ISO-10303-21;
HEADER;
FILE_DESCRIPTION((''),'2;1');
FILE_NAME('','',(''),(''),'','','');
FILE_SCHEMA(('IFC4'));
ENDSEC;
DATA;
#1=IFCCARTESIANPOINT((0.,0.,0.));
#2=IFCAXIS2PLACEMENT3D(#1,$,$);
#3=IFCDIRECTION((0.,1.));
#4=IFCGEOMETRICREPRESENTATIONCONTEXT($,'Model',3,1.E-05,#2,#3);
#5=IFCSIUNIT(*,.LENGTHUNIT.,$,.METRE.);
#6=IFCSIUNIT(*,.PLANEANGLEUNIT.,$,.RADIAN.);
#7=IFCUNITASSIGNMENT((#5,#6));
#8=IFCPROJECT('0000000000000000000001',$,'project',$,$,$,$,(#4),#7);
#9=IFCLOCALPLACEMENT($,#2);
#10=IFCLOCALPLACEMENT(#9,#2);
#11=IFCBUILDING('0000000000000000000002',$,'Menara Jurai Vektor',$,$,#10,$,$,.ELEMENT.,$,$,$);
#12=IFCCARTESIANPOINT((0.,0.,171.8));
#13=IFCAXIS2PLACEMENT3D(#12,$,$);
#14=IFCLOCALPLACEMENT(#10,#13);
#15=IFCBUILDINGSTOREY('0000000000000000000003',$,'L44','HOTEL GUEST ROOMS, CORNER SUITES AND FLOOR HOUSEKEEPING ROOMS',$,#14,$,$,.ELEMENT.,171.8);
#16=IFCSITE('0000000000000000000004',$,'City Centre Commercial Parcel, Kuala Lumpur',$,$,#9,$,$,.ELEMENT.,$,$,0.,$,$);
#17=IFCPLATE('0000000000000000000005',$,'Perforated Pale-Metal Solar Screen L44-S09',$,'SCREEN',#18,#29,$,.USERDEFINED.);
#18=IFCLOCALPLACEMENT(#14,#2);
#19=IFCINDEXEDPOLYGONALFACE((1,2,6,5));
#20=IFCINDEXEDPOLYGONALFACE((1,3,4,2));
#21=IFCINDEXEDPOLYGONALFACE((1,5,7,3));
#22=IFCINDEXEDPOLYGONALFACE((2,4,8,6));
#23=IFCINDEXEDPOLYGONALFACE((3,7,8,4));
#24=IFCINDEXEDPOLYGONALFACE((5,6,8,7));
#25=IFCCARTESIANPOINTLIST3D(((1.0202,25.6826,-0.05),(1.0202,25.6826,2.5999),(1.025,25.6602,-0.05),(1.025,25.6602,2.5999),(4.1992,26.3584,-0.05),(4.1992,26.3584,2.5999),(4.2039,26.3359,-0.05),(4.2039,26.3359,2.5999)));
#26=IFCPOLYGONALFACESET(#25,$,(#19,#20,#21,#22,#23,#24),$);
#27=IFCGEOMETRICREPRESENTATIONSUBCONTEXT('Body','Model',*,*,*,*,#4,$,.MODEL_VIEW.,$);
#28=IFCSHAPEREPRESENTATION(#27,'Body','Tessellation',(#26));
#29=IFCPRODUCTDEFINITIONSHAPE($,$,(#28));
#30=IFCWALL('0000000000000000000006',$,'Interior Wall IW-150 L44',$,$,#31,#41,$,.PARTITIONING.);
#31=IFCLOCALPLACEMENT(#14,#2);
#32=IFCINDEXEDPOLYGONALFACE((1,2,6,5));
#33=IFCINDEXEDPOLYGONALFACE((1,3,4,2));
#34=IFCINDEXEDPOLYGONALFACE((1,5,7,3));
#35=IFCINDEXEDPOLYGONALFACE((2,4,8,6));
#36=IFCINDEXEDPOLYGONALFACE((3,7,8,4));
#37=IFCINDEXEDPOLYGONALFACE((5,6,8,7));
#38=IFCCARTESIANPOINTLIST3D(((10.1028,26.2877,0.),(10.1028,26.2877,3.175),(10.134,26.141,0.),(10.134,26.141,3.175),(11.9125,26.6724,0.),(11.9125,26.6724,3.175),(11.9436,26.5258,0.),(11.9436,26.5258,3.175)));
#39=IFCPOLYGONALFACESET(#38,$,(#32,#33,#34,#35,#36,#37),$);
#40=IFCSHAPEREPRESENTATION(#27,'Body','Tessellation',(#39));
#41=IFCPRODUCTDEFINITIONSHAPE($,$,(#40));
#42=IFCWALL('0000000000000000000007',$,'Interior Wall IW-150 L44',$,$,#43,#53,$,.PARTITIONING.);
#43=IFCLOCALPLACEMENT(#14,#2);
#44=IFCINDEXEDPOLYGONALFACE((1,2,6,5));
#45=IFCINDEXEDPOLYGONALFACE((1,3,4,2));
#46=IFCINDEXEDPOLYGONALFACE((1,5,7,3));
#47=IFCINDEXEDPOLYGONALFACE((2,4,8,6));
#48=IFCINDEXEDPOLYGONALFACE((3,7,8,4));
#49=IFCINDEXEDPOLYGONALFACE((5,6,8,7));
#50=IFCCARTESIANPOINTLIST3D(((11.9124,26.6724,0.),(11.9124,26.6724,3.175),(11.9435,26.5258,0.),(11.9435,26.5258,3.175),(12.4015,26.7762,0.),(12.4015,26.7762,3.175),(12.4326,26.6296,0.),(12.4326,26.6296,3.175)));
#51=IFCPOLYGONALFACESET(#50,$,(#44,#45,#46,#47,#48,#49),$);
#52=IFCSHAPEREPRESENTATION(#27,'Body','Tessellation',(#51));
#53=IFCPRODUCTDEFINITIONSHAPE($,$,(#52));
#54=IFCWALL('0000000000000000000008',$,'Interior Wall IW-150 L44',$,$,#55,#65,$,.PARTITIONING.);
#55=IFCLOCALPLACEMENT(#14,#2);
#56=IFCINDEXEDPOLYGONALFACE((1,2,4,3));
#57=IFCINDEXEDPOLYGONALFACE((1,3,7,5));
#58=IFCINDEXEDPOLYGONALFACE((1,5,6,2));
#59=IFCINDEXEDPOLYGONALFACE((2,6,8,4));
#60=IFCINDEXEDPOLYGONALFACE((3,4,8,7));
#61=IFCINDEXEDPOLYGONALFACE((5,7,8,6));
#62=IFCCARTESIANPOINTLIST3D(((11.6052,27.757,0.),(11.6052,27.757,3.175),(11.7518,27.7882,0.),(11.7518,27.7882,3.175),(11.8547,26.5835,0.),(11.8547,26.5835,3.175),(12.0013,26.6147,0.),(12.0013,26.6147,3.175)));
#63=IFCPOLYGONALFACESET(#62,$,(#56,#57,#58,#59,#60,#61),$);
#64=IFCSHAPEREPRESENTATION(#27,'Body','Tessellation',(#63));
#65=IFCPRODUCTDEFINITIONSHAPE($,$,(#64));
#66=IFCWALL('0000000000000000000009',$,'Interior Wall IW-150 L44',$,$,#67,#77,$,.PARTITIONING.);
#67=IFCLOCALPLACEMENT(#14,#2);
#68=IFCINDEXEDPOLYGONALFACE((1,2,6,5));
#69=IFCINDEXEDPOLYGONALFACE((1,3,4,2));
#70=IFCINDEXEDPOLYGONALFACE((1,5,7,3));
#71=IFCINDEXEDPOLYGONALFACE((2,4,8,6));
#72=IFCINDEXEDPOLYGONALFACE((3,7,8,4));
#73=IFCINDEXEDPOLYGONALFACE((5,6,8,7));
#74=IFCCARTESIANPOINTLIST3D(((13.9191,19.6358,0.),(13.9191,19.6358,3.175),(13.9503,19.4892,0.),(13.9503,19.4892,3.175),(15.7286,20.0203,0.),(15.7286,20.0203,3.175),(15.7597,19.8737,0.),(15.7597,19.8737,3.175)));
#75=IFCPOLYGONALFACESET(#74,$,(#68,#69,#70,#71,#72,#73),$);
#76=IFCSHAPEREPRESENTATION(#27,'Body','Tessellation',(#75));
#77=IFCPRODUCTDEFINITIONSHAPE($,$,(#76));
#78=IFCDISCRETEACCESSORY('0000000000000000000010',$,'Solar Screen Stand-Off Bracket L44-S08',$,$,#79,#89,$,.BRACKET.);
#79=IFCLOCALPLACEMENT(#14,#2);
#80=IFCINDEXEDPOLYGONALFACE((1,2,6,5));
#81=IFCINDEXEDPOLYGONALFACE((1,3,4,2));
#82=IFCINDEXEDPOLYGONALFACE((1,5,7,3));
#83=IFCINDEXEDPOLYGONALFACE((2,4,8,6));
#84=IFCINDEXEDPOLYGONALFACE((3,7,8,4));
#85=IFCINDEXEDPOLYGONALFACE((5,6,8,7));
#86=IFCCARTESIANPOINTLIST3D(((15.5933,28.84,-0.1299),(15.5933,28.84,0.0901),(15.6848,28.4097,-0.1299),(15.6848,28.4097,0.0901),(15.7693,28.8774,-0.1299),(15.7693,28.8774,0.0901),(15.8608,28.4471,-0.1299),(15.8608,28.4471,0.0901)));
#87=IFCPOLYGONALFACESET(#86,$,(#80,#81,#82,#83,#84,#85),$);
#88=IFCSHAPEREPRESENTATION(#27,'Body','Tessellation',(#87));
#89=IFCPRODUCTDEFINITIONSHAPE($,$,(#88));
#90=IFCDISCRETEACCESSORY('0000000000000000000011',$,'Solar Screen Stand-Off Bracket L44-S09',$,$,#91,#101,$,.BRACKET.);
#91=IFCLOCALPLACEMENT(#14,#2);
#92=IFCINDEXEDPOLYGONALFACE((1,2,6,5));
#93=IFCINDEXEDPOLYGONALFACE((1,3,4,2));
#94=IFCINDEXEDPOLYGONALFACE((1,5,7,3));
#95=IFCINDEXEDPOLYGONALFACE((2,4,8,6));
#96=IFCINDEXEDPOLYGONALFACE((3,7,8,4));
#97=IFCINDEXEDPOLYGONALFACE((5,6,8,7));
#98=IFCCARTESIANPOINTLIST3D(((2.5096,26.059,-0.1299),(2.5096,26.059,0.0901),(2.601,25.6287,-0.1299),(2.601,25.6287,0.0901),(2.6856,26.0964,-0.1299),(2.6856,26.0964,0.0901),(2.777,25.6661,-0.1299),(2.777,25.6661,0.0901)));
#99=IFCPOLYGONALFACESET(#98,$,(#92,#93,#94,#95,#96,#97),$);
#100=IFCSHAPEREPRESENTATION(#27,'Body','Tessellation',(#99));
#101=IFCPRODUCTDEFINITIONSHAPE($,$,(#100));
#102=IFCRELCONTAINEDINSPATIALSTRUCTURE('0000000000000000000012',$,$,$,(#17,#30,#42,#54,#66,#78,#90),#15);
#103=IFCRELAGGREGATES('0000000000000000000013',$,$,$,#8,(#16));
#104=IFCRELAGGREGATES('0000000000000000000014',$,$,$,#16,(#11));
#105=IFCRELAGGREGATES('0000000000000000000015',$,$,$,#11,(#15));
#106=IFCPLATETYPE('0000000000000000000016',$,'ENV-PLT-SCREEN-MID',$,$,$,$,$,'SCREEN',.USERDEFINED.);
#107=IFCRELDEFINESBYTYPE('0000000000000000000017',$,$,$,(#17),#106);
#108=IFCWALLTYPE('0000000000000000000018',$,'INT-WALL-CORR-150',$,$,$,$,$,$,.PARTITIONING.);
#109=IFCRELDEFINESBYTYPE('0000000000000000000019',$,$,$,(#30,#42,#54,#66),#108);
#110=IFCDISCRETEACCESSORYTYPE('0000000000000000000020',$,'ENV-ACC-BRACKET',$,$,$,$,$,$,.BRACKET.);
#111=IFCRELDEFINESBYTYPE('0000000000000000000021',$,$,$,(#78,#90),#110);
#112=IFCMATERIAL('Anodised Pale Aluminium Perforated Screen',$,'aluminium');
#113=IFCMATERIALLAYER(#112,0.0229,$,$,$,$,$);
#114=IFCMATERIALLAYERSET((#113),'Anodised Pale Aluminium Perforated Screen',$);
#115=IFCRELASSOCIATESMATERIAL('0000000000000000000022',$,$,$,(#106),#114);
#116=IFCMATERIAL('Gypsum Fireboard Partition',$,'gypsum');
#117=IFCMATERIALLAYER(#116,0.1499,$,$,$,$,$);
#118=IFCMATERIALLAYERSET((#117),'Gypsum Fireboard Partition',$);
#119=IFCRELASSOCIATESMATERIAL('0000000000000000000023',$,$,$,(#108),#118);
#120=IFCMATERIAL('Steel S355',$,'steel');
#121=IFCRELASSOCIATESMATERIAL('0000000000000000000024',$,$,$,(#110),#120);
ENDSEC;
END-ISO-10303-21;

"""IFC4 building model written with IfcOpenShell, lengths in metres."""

from ifc_helpers import new_model, si_unit, direction, frame, frame_2d, origin, origin_2d, place, context, subcontext, project, spatial, rectangle, extrude, material, layer, layer_set, type_object, element, save


model = new_model("IFC4")

# Units and contexts
model_context = context("Model", 3, precision=1e-05, world=origin(), true_north=direction((0.0, 1.0)))
body_context = subcontext(model_context, "Body", "Model", "MODEL_VIEW")
ifc_project = project(units=[si_unit("LENGTHUNIT", "METRE"), si_unit("PLANEANGLEUNIT", "RADIAN")], contexts=[model_context])

# Site, building, storey
site_placement = place(None, origin())
site = spatial("IfcSite", under=ifc_project, at=site_placement, Name="City Centre Commercial Parcel, Kuala Lumpur", CompositionType="ELEMENT", RefElevation=0.0)
building_placement = place(site_placement, origin())
building = spatial("IfcBuilding", under=site, at=building_placement, Name="Menara Jurai Vektor", CompositionType="ELEMENT")
storey_placement = place(building_placement, frame((0.0, 0.0, 171.8)))
storey = spatial("IfcBuildingStorey", under=building, at=storey_placement, Name="L44", Description="HOTEL GUEST ROOMS, CORNER SUITES AND FLOOR HOUSEKEEPING ROOMS", CompositionType="ELEMENT", Elevation=171.8)

# Shared definitions
ifc_material_1 = material(Name="Steel S355", Category="steel")

# Plate
ifc_material_2 = material(Name="Anodised Pale Aluminium Perforated Screen", Category="aluminium")
ifc_layer_1 = layer(ifc_material_2, 0.0229)
ifc_layer_set_1 = layer_set([ifc_layer_1], Name="Anodised Pale Aluminium Perforated Screen")
plate_type_1 = type_object("IfcPlateType", Name="ENV-PLT-SCREEN-MID", ElementType="SCREEN", PredefinedType="USERDEFINED", material=ifc_layer_set_1)
for number, where, z_axis, x_axis, name in (
    (1, (2.6121, 26.0093, -0.05), (0.0, 0.0, 1.0), (-0.978148, -0.207912, 0.0), "Perforated Pale-Metal Solar Screen L44-S09"),
):
    element("IfcPlate", number, at=place(storey_placement, frame(where, z_axis=z_axis, x_axis=x_axis)), inside=storey, type_object=plate_type_1, Name=name, ObjectType="SCREEN", PredefinedType="USERDEFINED", context=body_context, shape_type="SweptSolid", body=[
        extrude(rectangle(XDim=3.25, YDim=0.0229, at=origin_2d()), origin(), (0.0, 0.0, 1.0), 2.6499),
    ])

# Walls
ifc_material_3 = material(Name="Gypsum Fireboard Partition", Category="gypsum")
ifc_layer_2 = layer(ifc_material_3, 0.1499)
ifc_layer_set_2 = layer_set([ifc_layer_2], Name="Gypsum Fireboard Partition")
wall_type = type_object("IfcWallType", Name="INT-WALL-CORR-150", PredefinedType="PARTITIONING", material=ifc_layer_set_2)
wall_1_placement = place(storey_placement, frame((10.1184, 26.2144, 0.0), z_axis=(0.0, 0.0, 1.0), x_axis=(0.978133, 0.207979, 0.0)))
element("IfcWall", 2, at=wall_1_placement, inside=storey, type_object=wall_type, Name="Interior Wall IW-150 L44", PredefinedType="PARTITIONING", context=body_context, shape_type="SweptSolid", body=[
    extrude(rectangle(XDim=1.8501, YDim=0.1499, at=frame_2d((0.925, 0.0))), origin(), (0.0, 0.0, 1.0), 3.175),
])
wall_2_placement = place(storey_placement, frame((11.928, 26.5991, 0.0), z_axis=(0.0, 0.0, 1.0), x_axis=(0.978222, 0.207561, 0.0)))
element("IfcWall", 3, at=wall_2_placement, inside=storey, type_object=wall_type, Name="Interior Wall IW-150 L44", PredefinedType="PARTITIONING", context=body_context, shape_type="SweptSolid", body=[
    extrude(rectangle(XDim=0.5, YDim=0.1499, at=frame_2d((0.25, 0.0))), origin(), (0.0, 0.0, 1.0), 3.175),
])
wall_3_placement = place(storey_placement, frame((11.928, 26.5991, 0.0), z_axis=(0.0, 0.0, 1.0), x_axis=(-0.207959, 0.978138, 0.0)))
element("IfcWall", 4, at=wall_3_placement, inside=storey, type_object=wall_type, Name="Interior Wall IW-150 L44", PredefinedType="PARTITIONING", context=body_context, shape_type="SweptSolid", body=[
    extrude(rectangle(XDim=1.1997, YDim=0.1499, at=frame_2d((0.5999, 0.0))), origin(), (0.0, 0.0, 1.0), 3.175),
])
wall_4_placement = place(storey_placement, frame((13.9348, 19.5625, 0.0), z_axis=(0.0, 0.0, 1.0), x_axis=(0.97816, 0.207852, 0.0)))
element("IfcWall", 5, at=wall_4_placement, inside=storey, type_object=wall_type, Name="Interior Wall IW-150 L44", PredefinedType="PARTITIONING", context=body_context, shape_type="SweptSolid", body=[
    extrude(rectangle(XDim=1.8499, YDim=0.1499, at=frame_2d((0.9248, 0.0))), origin(), (0.0, 0.0, 1.0), 3.175),
])

# Discrete accessories
discrete_accessory_type = type_object("IfcDiscreteAccessoryType", Name="ENV-ACC-BRACKET", PredefinedType="BRACKET", material=ifc_material_1)
for number, where, z_axis, x_axis, name in (
    (6, (15.7271, 28.6436, -0.1299), (0.0, 0.0, 1.0), (-0.978148, -0.207912, 0.0), "Solar Screen Stand-Off Bracket L44-S08"),
    (7, (2.6433, 25.8625, -0.1299), (0.0, 0.0, 1.0), (-0.978148, -0.207912, 0.0), "Solar Screen Stand-Off Bracket L44-S09"),
):
    element("IfcDiscreteAccessory", number, at=place(storey_placement, frame(where, z_axis=z_axis, x_axis=x_axis)), inside=storey, type_object=discrete_accessory_type, Name=name, PredefinedType="BRACKET", context=body_context, shape_type="SweptSolid", body=[
        extrude(rectangle(XDim=0.1799, YDim=0.4399, at=origin_2d()), origin(), (0.0, 0.0, 1.0), 0.22),
    ])

save(model, "model.ifc")
